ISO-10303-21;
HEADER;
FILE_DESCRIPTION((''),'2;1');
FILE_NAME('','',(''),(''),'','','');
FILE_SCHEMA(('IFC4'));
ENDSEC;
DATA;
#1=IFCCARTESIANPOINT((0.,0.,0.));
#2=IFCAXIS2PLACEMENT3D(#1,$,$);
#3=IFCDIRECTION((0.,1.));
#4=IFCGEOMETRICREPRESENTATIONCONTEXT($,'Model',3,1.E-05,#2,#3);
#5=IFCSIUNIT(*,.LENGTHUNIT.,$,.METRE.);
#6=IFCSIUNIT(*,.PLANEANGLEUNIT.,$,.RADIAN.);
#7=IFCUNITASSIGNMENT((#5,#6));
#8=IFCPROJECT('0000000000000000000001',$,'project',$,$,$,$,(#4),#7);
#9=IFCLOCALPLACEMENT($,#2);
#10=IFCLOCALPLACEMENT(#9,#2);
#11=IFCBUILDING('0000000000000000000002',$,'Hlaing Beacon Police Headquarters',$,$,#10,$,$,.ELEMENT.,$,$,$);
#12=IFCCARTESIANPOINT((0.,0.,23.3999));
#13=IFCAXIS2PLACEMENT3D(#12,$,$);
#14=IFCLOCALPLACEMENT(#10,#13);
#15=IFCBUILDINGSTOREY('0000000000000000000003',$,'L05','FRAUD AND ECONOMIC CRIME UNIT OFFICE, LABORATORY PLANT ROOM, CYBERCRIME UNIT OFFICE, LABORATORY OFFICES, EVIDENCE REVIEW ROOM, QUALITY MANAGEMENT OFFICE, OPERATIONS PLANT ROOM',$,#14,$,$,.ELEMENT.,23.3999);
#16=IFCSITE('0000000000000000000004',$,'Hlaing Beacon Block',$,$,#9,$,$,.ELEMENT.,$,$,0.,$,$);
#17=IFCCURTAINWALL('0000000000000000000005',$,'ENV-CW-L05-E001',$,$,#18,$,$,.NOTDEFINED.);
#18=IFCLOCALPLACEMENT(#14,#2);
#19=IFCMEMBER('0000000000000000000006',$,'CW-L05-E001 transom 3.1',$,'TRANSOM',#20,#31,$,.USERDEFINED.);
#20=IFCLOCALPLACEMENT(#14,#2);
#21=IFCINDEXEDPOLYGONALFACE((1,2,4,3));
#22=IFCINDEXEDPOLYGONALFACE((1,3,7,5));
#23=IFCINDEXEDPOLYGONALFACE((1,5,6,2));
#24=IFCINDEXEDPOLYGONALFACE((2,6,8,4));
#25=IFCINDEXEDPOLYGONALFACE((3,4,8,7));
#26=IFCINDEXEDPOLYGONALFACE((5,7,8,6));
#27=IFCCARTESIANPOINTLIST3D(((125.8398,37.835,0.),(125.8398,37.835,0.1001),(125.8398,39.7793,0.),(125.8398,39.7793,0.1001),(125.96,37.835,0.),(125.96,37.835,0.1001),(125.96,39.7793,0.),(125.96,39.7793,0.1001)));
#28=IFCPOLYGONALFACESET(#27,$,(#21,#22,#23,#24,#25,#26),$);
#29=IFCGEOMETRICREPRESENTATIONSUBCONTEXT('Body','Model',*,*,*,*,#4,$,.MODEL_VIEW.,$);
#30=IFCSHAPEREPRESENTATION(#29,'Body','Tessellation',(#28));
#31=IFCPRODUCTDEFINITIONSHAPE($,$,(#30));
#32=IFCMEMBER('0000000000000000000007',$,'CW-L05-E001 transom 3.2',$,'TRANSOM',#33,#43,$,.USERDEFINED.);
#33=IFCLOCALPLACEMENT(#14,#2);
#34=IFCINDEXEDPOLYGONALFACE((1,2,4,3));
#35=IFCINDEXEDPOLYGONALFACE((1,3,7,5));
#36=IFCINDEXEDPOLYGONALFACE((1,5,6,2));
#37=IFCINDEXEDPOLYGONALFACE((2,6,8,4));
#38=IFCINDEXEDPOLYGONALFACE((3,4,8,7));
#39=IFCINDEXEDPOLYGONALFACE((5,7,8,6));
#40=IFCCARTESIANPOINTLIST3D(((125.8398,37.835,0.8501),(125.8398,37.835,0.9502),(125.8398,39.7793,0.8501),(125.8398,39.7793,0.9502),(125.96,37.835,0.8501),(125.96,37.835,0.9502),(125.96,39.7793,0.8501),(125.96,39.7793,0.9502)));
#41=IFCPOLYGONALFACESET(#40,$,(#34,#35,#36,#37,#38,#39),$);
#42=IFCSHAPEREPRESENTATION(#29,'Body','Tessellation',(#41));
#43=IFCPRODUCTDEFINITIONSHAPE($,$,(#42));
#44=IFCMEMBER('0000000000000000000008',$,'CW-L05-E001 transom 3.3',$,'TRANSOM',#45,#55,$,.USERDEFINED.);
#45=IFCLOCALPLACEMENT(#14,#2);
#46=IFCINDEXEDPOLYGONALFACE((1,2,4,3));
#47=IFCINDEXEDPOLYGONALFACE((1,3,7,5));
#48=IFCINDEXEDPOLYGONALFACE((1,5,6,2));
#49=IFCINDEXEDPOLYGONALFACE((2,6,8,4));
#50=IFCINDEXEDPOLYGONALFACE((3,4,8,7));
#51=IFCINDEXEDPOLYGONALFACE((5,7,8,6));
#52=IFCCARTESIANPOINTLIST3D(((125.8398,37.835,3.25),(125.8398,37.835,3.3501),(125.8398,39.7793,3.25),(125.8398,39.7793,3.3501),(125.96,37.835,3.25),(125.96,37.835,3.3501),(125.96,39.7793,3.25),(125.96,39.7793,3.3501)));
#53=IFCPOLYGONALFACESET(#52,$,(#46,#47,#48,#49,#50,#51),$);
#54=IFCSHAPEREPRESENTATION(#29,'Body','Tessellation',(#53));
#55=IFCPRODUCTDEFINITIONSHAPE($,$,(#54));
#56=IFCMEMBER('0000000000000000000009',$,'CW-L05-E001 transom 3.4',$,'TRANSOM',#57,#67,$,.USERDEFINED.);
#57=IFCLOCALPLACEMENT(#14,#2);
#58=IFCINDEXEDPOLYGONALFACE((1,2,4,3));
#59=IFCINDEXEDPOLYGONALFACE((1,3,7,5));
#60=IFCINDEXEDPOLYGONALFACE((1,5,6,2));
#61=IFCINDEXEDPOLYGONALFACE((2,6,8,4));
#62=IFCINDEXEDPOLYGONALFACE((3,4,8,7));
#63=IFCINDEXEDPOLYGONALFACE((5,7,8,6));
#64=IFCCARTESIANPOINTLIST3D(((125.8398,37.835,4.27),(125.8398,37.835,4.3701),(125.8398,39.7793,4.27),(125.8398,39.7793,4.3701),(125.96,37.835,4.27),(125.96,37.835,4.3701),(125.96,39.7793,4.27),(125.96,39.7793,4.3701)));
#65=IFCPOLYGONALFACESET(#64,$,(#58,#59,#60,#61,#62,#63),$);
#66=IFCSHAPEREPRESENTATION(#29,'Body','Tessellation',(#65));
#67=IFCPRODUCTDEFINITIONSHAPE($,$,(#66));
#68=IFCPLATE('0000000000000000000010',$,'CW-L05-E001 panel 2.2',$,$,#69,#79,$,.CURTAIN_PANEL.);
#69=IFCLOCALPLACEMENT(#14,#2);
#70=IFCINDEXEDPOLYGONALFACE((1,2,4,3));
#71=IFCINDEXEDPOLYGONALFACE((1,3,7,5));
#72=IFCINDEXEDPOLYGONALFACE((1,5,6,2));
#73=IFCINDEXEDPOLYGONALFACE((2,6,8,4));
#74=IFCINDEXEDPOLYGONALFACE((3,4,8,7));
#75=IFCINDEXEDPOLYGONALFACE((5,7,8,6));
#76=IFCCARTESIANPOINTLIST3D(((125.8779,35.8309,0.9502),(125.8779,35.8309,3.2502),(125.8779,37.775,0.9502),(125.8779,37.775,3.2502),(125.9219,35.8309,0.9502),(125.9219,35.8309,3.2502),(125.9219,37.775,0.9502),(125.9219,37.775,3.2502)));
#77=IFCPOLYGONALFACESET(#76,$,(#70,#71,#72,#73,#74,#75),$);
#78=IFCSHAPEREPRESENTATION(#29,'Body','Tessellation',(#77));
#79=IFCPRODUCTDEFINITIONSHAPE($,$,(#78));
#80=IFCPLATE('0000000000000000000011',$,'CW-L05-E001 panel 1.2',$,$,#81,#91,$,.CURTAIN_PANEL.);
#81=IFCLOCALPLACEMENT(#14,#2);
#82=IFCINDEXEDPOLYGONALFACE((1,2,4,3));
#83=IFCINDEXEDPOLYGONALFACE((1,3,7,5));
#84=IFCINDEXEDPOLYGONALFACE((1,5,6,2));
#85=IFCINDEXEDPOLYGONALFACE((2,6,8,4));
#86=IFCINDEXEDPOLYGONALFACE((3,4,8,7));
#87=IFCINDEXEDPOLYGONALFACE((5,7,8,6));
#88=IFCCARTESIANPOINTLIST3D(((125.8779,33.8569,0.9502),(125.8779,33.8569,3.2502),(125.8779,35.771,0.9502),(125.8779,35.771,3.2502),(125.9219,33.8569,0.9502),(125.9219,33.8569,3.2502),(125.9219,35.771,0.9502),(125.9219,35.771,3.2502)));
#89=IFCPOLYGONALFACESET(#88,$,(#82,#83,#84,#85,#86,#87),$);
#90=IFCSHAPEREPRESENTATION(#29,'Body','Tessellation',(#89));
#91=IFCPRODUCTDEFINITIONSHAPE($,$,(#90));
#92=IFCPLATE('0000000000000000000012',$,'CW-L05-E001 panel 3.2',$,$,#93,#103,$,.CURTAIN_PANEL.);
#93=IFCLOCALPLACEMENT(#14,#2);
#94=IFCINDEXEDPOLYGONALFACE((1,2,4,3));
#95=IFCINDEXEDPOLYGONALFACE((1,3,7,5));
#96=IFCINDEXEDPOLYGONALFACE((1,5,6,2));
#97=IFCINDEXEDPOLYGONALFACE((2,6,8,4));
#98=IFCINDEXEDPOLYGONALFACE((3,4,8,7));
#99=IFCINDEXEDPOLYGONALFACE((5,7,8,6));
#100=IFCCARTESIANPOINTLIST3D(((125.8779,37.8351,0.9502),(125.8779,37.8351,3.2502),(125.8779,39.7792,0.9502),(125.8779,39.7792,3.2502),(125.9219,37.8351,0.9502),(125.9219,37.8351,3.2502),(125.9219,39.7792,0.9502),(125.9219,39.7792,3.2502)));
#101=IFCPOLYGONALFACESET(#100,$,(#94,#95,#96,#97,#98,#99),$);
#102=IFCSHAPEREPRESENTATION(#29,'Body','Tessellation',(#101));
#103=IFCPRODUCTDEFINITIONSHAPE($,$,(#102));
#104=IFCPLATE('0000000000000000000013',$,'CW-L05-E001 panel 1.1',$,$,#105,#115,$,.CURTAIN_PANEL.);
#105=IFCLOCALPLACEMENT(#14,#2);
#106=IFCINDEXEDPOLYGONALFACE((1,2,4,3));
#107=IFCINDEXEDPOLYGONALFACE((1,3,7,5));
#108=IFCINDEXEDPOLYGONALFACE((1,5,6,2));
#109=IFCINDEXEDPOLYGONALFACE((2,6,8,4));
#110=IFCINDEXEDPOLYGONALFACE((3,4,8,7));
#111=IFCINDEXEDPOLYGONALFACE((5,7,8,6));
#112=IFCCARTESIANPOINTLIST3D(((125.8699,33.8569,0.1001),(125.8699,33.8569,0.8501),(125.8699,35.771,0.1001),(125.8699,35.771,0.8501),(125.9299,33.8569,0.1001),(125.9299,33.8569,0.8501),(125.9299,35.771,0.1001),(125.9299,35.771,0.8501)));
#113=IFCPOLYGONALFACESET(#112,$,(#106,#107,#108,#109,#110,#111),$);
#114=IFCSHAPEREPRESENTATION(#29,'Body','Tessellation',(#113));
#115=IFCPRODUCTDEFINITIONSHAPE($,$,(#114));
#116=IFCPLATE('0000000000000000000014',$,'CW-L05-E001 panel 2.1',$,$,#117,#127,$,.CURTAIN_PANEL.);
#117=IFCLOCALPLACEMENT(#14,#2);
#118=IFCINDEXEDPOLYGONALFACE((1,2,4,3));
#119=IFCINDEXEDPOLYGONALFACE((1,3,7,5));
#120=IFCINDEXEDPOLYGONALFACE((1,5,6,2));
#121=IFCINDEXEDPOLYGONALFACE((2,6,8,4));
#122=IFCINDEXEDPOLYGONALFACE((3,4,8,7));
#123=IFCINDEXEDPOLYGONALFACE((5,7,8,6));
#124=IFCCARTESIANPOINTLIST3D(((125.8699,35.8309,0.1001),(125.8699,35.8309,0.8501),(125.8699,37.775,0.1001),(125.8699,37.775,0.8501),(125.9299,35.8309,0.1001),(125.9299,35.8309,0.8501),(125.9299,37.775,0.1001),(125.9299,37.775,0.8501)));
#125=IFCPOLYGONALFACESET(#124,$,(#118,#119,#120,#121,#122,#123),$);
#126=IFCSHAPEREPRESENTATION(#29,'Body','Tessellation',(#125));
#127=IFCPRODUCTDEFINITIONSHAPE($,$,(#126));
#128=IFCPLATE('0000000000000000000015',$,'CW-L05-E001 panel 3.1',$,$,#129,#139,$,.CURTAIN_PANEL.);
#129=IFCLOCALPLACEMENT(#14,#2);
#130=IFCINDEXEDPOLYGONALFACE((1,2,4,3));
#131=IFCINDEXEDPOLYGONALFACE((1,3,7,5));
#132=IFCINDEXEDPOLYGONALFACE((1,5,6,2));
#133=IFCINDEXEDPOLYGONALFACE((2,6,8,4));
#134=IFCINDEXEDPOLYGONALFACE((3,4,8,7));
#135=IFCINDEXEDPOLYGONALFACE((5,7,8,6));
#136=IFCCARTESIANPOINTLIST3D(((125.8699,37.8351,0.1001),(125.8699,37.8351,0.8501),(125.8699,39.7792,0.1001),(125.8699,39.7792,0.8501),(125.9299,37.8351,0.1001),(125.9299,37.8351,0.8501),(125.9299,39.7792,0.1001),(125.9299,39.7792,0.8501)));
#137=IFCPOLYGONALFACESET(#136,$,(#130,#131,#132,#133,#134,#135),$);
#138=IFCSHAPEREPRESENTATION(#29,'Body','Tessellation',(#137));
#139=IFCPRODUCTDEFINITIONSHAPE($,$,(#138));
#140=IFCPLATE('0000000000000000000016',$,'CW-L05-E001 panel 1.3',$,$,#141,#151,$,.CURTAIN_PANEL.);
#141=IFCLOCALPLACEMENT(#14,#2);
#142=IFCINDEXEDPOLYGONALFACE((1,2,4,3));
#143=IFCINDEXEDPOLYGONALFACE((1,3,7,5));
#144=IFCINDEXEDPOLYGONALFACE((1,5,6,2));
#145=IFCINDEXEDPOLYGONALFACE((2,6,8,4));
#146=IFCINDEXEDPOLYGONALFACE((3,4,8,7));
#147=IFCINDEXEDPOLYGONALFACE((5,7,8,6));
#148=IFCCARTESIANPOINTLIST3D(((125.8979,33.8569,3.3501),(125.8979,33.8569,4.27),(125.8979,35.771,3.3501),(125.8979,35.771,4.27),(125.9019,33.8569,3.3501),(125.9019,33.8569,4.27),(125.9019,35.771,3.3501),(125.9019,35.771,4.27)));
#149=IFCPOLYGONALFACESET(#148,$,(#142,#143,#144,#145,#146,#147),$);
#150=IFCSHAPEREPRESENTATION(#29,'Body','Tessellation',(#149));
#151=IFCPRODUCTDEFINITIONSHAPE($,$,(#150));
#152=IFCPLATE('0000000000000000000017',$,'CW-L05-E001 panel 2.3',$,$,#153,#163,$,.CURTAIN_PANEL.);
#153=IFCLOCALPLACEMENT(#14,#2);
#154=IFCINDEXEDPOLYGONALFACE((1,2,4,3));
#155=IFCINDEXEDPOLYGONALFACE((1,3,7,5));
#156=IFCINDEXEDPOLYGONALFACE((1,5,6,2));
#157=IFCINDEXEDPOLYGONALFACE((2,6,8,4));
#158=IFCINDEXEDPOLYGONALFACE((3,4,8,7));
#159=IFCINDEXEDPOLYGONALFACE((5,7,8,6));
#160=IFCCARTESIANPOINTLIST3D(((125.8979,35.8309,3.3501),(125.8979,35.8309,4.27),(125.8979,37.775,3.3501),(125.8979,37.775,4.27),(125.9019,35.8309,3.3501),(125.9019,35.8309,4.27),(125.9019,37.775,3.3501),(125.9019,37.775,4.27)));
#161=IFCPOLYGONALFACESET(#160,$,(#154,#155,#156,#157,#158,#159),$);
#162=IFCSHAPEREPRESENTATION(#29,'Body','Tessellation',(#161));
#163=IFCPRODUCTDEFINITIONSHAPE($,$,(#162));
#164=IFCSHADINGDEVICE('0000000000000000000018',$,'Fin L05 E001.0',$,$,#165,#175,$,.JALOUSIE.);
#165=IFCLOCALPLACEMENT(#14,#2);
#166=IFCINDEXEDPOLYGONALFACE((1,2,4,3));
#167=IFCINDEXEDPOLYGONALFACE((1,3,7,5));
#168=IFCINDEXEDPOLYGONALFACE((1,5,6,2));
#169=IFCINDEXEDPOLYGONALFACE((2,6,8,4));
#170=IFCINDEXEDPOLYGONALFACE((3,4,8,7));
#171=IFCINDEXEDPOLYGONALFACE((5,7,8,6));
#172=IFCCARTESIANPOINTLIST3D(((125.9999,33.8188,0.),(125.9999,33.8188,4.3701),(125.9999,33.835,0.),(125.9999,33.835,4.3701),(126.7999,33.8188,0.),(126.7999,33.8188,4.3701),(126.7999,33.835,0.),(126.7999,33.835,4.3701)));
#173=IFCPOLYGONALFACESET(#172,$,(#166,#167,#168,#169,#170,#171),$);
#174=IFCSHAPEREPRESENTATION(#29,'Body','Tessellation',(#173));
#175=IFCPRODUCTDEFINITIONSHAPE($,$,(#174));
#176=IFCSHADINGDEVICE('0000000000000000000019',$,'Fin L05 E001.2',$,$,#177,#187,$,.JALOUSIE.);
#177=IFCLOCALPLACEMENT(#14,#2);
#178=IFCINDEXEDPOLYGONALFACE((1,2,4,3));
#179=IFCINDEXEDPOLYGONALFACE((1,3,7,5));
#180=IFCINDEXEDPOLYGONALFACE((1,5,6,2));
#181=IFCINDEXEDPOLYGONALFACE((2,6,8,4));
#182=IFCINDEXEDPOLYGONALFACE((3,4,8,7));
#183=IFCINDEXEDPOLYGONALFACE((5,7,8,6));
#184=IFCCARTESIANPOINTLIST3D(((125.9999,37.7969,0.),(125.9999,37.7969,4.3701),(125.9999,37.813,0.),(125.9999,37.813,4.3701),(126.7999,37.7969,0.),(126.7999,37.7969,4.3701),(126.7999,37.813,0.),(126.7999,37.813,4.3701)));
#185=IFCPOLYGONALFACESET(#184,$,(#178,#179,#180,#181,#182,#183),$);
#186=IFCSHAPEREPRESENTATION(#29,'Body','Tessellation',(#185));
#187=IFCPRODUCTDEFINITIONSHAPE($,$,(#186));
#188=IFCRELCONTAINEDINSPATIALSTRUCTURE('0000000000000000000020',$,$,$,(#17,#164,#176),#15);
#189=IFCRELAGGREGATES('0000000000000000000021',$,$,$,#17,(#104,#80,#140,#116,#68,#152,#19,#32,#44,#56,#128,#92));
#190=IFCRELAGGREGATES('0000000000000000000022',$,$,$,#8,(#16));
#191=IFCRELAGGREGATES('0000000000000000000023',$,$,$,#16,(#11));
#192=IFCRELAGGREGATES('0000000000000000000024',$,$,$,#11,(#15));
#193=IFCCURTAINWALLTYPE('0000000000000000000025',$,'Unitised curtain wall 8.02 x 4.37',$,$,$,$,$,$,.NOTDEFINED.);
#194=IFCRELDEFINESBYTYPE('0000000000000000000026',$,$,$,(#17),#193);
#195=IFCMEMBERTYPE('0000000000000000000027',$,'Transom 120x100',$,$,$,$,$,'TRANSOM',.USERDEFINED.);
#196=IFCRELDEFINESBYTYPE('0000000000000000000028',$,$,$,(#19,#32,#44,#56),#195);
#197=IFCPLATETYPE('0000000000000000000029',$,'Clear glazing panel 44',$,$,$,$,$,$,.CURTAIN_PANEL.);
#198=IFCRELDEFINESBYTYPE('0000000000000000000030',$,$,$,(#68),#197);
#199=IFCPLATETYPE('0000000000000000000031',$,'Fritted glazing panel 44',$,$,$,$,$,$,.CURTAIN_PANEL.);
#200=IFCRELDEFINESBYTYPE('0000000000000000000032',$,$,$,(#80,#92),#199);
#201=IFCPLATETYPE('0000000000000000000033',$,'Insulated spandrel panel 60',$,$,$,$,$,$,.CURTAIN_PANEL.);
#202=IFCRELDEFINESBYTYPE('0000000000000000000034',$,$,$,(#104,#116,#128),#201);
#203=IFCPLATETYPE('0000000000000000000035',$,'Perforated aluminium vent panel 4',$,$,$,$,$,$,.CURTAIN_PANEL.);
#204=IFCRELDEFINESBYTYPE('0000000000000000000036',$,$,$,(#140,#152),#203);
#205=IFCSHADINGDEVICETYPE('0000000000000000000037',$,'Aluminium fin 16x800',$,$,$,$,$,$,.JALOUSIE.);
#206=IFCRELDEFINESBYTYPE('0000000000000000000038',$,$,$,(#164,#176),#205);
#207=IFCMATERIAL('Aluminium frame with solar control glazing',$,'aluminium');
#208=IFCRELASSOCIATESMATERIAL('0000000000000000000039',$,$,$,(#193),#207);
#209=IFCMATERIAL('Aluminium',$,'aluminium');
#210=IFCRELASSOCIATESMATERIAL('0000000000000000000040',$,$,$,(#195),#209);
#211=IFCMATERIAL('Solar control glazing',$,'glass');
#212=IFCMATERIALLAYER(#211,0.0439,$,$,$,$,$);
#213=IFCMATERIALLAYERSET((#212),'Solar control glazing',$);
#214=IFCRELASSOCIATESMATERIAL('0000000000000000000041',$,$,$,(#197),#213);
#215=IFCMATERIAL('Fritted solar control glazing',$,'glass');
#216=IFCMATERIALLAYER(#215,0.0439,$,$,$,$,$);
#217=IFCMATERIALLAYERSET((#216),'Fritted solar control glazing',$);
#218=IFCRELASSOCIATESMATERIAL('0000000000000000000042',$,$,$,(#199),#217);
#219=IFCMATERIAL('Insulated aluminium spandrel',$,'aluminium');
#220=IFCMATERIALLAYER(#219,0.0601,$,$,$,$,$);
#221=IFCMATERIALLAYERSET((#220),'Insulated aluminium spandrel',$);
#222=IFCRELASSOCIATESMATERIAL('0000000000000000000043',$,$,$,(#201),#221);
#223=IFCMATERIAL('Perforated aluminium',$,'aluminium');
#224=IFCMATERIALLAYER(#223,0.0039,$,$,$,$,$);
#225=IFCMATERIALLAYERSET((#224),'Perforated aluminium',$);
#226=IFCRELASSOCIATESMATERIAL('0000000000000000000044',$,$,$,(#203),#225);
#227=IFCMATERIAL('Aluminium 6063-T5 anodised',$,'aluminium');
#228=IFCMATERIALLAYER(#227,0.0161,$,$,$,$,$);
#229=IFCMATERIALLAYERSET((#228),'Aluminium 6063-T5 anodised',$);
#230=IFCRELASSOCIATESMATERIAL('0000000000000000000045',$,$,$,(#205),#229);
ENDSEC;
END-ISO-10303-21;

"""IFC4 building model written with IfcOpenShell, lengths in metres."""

from ifc_helpers import new_model, si_unit, direction, frame, origin, origin_2d, place, context, subcontext, project, spatial, rectangle, extrude, material, layer, layer_set, material_profile, profile_set, type_object, element, aggregate, save


model = new_model("IFC4")

# Units and contexts
model_context = context("Model", 3, precision=1e-05, world=origin(), true_north=direction((0.0, 1.0)))
body_context = subcontext(model_context, "Body", "Model", "MODEL_VIEW")
ifc_project = project(units=[si_unit("LENGTHUNIT", "METRE"), si_unit("PLANEANGLEUNIT", "RADIAN")], contexts=[model_context])

# Site, building, storey
site_placement = place(None, origin())
site = spatial("IfcSite", under=ifc_project, at=site_placement, Name="Hlaing Beacon Block", CompositionType="ELEMENT", RefElevation=0.0)
building_placement = place(site_placement, origin())
building = spatial("IfcBuilding", under=site, at=building_placement, Name="Hlaing Beacon Police Headquarters", CompositionType="ELEMENT")
storey_placement = place(building_placement, frame((0.0, 0.0, 23.3999)))
storey = spatial("IfcBuildingStorey", under=building, at=storey_placement, Name="L05", Description="FRAUD AND ECONOMIC CRIME UNIT OFFICE, LABORATORY PLANT ROOM, CYBERCRIME UNIT OFFICE, LABORATORY OFFICES, EVIDENCE REVIEW ROOM, QUALITY MANAGEMENT OFFICE, OPERATIONS PLANT ROOM", CompositionType="ELEMENT", Elevation=23.3999)

# Curtain wall, members, plates
ifc_material_1 = material(Name="Aluminium frame with solar control glazing", Category="aluminium")
curtain_wall_type = type_object("IfcCurtainWallType", Name="Unitised curtain wall 8.02 x 4.37", PredefinedType="NOTDEFINED", material=ifc_material_1)
curtain_wall_placement = place(storey_placement, origin())
curtain_wall = element("IfcCurtainWall", 1, at=curtain_wall_placement, inside=storey, type_object=curtain_wall_type, Name="ENV-CW-L05-E001", PredefinedType="NOTDEFINED")
ifc_material_2 = material(Name="Aluminium", Category="aluminium")
ifc_material_profile_1 = material_profile(ifc_material_2, rectangle(XDim=0.1201, YDim=0.1001, at=origin_2d()), Name="Transom 120x100")
ifc_profile_set_1 = profile_set([ifc_material_profile_1], Name="Aluminium")
member_type_1 = type_object("IfcMemberType", Name="Transom 120x100", ElementType="TRANSOM", PredefinedType="USERDEFINED", material=ifc_profile_set_1)
member_1_placement = place(storey_placement, frame((125.8999, 37.835, 0.05), z_axis=(0.0, 1.0, 0.0), x_axis=(-1.0, 0.0, 0.0)))
member_1 = element("IfcMember", 2, at=member_1_placement, type_object=member_type_1, Name="CW-L05-E001 transom 3.1", ObjectType="TRANSOM", PredefinedType="USERDEFINED", context=body_context, shape_type="SweptSolid", body=[
    extrude(rectangle(XDim=0.1201, YDim=0.1001, at=origin_2d()), origin(), (0.0, 0.0, 1.0), 1.9443),
])
member_2_placement = place(storey_placement, frame((125.8999, 37.835, 0.9001), z_axis=(0.0, 1.0, 0.0), x_axis=(-1.0, 0.0, 0.0)))
member_2 = element("IfcMember", 3, at=member_2_placement, type_object=member_type_1, Name="CW-L05-E001 transom 3.2", ObjectType="TRANSOM", PredefinedType="USERDEFINED", context=body_context, shape_type="SweptSolid", body=[
    extrude(rectangle(XDim=0.1201, YDim=0.1001, at=origin_2d()), origin(), (0.0, 0.0, 1.0), 1.9443),
])
member_3_placement = place(storey_placement, frame((125.8999, 37.835, 3.3), z_axis=(0.0, 1.0, 0.0), x_axis=(-1.0, 0.0, 0.0)))
member_3 = element("IfcMember", 4, at=member_3_placement, type_object=member_type_1, Name="CW-L05-E001 transom 3.3", ObjectType="TRANSOM", PredefinedType="USERDEFINED", context=body_context, shape_type="SweptSolid", body=[
    extrude(rectangle(XDim=0.1201, YDim=0.1001, at=origin_2d()), origin(), (0.0, 0.0, 1.0), 1.9443),
])
member_4_placement = place(storey_placement, frame((125.8999, 37.835, 4.3201), z_axis=(0.0, 1.0, 0.0), x_axis=(-1.0, 0.0, 0.0)))
member_4 = element("IfcMember", 5, at=member_4_placement, type_object=member_type_1, Name="CW-L05-E001 transom 3.4", ObjectType="TRANSOM", PredefinedType="USERDEFINED", context=body_context, shape_type="SweptSolid", body=[
    extrude(rectangle(XDim=0.1201, YDim=0.1001, at=origin_2d()), origin(), (0.0, 0.0, 1.0), 1.9443),
])
ifc_material_3 = material(Name="Solar control glazing", Category="glass")
ifc_layer_1 = layer(ifc_material_3, 0.0439)
ifc_layer_set_1 = layer_set([ifc_layer_1], Name="Solar control glazing")
plate_type_1 = type_object("IfcPlateType", Name="Clear glazing panel 44", PredefinedType="CURTAIN_PANEL", material=ifc_layer_set_1)
plate_1_placement = place(storey_placement, frame((125.8999, 36.803, 0.9502), z_axis=(0.0, 0.0, 1.0), x_axis=(0.0, 1.0, 0.0)))
plate_1 = element("IfcPlate", 6, at=plate_1_placement, type_object=plate_type_1, Name="CW-L05-E001 panel 2.2", PredefinedType="CURTAIN_PANEL", context=body_context, shape_type="SweptSolid", body=[
    extrude(rectangle(XDim=1.9441, YDim=0.0439, at=origin_2d()), origin(), (0.0, 0.0, 1.0), 2.3),
])
ifc_material_4 = material(Name="Fritted solar control glazing", Category="glass")
ifc_layer_2 = layer(ifc_material_4, 0.0439)
ifc_layer_set_2 = layer_set([ifc_layer_2], Name="Fritted solar control glazing")
plate_type_2 = type_object("IfcPlateType", Name="Fritted glazing panel 44", PredefinedType="CURTAIN_PANEL", material=ifc_layer_set_2)
plate_2_placement = place(storey_placement, frame((125.8999, 34.814, 0.9502), z_axis=(0.0, 0.0, 1.0), x_axis=(0.0, 1.0, 0.0)))
plate_2 = element("IfcPlate", 7, at=plate_2_placement, type_object=plate_type_2, Name="CW-L05-E001 panel 1.2", PredefinedType="CURTAIN_PANEL", context=body_context, shape_type="SweptSolid", body=[
    extrude(rectangle(XDim=1.9141, YDim=0.0439, at=origin_2d()), origin(), (0.0, 0.0, 1.0), 2.3),
])
plate_3_placement = place(storey_placement, frame((125.8999, 38.8071, 0.9502), z_axis=(0.0, 0.0, 1.0), x_axis=(0.0, 1.0, 0.0)))
plate_3 = element("IfcPlate", 8, at=plate_3_placement, type_object=plate_type_2, Name="CW-L05-E001 panel 3.2", PredefinedType="CURTAIN_PANEL", context=body_context, shape_type="SweptSolid", body=[
    extrude(rectangle(XDim=1.9441, YDim=0.0439, at=origin_2d()), origin(), (0.0, 0.0, 1.0), 2.3),
])
ifc_material_5 = material(Name="Insulated aluminium spandrel", Category="aluminium")
ifc_layer_3 = layer(ifc_material_5, 0.0601)
ifc_layer_set_3 = layer_set([ifc_layer_3], Name="Insulated aluminium spandrel")
plate_type_3 = type_object("IfcPlateType", Name="Insulated spandrel panel 60", PredefinedType="CURTAIN_PANEL", material=ifc_layer_set_3)
plate_4_placement = place(storey_placement, frame((125.8999, 34.814, 0.1001), z_axis=(0.0, 0.0, 1.0), x_axis=(0.0, 1.0, 0.0)))
plate_4 = element("IfcPlate", 9, at=plate_4_placement, type_object=plate_type_3, Name="CW-L05-E001 panel 1.1", PredefinedType="CURTAIN_PANEL", context=body_context, shape_type="SweptSolid", body=[
    extrude(rectangle(XDim=1.9141, YDim=0.0601, at=origin_2d()), origin(), (0.0, 0.0, 1.0), 0.75),
])
plate_5_placement = place(storey_placement, frame((125.8999, 36.803, 0.1001), z_axis=(0.0, 0.0, 1.0), x_axis=(0.0, 1.0, 0.0)))
plate_5 = element("IfcPlate", 10, at=plate_5_placement, type_object=plate_type_3, Name="CW-L05-E001 panel 2.1", PredefinedType="CURTAIN_PANEL", context=body_context, shape_type="SweptSolid", body=[
    extrude(rectangle(XDim=1.9441, YDim=0.0601, at=origin_2d()), origin(), (0.0, 0.0, 1.0), 0.75),
])
plate_6_placement = place(storey_placement, frame((125.8999, 38.8071, 0.1001), z_axis=(0.0, 0.0, 1.0), x_axis=(0.0, 1.0, 0.0)))
plate_6 = element("IfcPlate", 11, at=plate_6_placement, type_object=plate_type_3, Name="CW-L05-E001 panel 3.1", PredefinedType="CURTAIN_PANEL", context=body_context, shape_type="SweptSolid", body=[
    extrude(rectangle(XDim=1.9441, YDim=0.0601, at=origin_2d()), origin(), (0.0, 0.0, 1.0), 0.75),
])
ifc_material_6 = material(Name="Perforated aluminium", Category="aluminium")
ifc_layer_4 = layer(ifc_material_6, 0.0039)
ifc_layer_set_4 = layer_set([ifc_layer_4], Name="Perforated aluminium")
plate_type_4 = type_object("IfcPlateType", Name="Perforated aluminium vent panel 4", PredefinedType="CURTAIN_PANEL", material=ifc_layer_set_4)
plate_7_placement = place(storey_placement, frame((125.8999, 34.814, 3.3501), z_axis=(0.0, 0.0, 1.0), x_axis=(0.0, 1.0, 0.0)))
plate_7 = element("IfcPlate", 12, at=plate_7_placement, type_object=plate_type_4, Name="CW-L05-E001 panel 1.3", PredefinedType="CURTAIN_PANEL", context=body_context, shape_type="SweptSolid", body=[
    extrude(rectangle(XDim=1.9141, YDim=0.0039, at=origin_2d()), origin(), (0.0, 0.0, 1.0), 0.9199),
])
plate_8_placement = place(storey_placement, frame((125.8999, 36.803, 3.3501), z_axis=(0.0, 0.0, 1.0), x_axis=(0.0, 1.0, 0.0)))
plate_8 = element("IfcPlate", 13, at=plate_8_placement, type_object=plate_type_4, Name="CW-L05-E001 panel 2.3", PredefinedType="CURTAIN_PANEL", context=body_context, shape_type="SweptSolid", body=[
    extrude(rectangle(XDim=1.9441, YDim=0.0039, at=origin_2d()), origin(), (0.0, 0.0, 1.0), 0.9199),
])
aggregate(curtain_wall, [plate_4, plate_2, plate_7, plate_5, plate_1, plate_8, member_1, member_2, member_3, member_4, plate_6, plate_3])

# Shading devices
ifc_material_7 = material(Name="Aluminium 6063-T5 anodised", Category="aluminium")
ifc_layer_5 = layer(ifc_material_7, 0.0161)
ifc_layer_set_5 = layer_set([ifc_layer_5], Name="Aluminium 6063-T5 anodised")
shading_device_type = type_object("IfcShadingDeviceType", Name="Aluminium fin 16x800", PredefinedType="JALOUSIE", material=ifc_layer_set_5)
for number, where, z_axis, x_axis, name in (
    (14, (126.3999, 33.8269, 0.0), (0.0, 0.0, 1.0), (0.0, 1.0, 0.0), "Fin L05 E001.0"),
    (15, (126.3999, 37.8049, 0.0), (0.0, 0.0, 1.0), (0.0, 1.0, 0.0), "Fin L05 E001.2"),
):
    element("IfcShadingDevice", number, at=place(storey_placement, frame(where, z_axis=z_axis, x_axis=x_axis)), inside=storey, type_object=shading_device_type, Name=name, PredefinedType="JALOUSIE", context=body_context, shape_type="SweptSolid", body=[
        extrude(rectangle(XDim=0.0161, YDim=0.8, at=origin_2d()), origin(), (0.0, 0.0, 1.0), 4.3701),
    ])

save(model, "model.ifc")
